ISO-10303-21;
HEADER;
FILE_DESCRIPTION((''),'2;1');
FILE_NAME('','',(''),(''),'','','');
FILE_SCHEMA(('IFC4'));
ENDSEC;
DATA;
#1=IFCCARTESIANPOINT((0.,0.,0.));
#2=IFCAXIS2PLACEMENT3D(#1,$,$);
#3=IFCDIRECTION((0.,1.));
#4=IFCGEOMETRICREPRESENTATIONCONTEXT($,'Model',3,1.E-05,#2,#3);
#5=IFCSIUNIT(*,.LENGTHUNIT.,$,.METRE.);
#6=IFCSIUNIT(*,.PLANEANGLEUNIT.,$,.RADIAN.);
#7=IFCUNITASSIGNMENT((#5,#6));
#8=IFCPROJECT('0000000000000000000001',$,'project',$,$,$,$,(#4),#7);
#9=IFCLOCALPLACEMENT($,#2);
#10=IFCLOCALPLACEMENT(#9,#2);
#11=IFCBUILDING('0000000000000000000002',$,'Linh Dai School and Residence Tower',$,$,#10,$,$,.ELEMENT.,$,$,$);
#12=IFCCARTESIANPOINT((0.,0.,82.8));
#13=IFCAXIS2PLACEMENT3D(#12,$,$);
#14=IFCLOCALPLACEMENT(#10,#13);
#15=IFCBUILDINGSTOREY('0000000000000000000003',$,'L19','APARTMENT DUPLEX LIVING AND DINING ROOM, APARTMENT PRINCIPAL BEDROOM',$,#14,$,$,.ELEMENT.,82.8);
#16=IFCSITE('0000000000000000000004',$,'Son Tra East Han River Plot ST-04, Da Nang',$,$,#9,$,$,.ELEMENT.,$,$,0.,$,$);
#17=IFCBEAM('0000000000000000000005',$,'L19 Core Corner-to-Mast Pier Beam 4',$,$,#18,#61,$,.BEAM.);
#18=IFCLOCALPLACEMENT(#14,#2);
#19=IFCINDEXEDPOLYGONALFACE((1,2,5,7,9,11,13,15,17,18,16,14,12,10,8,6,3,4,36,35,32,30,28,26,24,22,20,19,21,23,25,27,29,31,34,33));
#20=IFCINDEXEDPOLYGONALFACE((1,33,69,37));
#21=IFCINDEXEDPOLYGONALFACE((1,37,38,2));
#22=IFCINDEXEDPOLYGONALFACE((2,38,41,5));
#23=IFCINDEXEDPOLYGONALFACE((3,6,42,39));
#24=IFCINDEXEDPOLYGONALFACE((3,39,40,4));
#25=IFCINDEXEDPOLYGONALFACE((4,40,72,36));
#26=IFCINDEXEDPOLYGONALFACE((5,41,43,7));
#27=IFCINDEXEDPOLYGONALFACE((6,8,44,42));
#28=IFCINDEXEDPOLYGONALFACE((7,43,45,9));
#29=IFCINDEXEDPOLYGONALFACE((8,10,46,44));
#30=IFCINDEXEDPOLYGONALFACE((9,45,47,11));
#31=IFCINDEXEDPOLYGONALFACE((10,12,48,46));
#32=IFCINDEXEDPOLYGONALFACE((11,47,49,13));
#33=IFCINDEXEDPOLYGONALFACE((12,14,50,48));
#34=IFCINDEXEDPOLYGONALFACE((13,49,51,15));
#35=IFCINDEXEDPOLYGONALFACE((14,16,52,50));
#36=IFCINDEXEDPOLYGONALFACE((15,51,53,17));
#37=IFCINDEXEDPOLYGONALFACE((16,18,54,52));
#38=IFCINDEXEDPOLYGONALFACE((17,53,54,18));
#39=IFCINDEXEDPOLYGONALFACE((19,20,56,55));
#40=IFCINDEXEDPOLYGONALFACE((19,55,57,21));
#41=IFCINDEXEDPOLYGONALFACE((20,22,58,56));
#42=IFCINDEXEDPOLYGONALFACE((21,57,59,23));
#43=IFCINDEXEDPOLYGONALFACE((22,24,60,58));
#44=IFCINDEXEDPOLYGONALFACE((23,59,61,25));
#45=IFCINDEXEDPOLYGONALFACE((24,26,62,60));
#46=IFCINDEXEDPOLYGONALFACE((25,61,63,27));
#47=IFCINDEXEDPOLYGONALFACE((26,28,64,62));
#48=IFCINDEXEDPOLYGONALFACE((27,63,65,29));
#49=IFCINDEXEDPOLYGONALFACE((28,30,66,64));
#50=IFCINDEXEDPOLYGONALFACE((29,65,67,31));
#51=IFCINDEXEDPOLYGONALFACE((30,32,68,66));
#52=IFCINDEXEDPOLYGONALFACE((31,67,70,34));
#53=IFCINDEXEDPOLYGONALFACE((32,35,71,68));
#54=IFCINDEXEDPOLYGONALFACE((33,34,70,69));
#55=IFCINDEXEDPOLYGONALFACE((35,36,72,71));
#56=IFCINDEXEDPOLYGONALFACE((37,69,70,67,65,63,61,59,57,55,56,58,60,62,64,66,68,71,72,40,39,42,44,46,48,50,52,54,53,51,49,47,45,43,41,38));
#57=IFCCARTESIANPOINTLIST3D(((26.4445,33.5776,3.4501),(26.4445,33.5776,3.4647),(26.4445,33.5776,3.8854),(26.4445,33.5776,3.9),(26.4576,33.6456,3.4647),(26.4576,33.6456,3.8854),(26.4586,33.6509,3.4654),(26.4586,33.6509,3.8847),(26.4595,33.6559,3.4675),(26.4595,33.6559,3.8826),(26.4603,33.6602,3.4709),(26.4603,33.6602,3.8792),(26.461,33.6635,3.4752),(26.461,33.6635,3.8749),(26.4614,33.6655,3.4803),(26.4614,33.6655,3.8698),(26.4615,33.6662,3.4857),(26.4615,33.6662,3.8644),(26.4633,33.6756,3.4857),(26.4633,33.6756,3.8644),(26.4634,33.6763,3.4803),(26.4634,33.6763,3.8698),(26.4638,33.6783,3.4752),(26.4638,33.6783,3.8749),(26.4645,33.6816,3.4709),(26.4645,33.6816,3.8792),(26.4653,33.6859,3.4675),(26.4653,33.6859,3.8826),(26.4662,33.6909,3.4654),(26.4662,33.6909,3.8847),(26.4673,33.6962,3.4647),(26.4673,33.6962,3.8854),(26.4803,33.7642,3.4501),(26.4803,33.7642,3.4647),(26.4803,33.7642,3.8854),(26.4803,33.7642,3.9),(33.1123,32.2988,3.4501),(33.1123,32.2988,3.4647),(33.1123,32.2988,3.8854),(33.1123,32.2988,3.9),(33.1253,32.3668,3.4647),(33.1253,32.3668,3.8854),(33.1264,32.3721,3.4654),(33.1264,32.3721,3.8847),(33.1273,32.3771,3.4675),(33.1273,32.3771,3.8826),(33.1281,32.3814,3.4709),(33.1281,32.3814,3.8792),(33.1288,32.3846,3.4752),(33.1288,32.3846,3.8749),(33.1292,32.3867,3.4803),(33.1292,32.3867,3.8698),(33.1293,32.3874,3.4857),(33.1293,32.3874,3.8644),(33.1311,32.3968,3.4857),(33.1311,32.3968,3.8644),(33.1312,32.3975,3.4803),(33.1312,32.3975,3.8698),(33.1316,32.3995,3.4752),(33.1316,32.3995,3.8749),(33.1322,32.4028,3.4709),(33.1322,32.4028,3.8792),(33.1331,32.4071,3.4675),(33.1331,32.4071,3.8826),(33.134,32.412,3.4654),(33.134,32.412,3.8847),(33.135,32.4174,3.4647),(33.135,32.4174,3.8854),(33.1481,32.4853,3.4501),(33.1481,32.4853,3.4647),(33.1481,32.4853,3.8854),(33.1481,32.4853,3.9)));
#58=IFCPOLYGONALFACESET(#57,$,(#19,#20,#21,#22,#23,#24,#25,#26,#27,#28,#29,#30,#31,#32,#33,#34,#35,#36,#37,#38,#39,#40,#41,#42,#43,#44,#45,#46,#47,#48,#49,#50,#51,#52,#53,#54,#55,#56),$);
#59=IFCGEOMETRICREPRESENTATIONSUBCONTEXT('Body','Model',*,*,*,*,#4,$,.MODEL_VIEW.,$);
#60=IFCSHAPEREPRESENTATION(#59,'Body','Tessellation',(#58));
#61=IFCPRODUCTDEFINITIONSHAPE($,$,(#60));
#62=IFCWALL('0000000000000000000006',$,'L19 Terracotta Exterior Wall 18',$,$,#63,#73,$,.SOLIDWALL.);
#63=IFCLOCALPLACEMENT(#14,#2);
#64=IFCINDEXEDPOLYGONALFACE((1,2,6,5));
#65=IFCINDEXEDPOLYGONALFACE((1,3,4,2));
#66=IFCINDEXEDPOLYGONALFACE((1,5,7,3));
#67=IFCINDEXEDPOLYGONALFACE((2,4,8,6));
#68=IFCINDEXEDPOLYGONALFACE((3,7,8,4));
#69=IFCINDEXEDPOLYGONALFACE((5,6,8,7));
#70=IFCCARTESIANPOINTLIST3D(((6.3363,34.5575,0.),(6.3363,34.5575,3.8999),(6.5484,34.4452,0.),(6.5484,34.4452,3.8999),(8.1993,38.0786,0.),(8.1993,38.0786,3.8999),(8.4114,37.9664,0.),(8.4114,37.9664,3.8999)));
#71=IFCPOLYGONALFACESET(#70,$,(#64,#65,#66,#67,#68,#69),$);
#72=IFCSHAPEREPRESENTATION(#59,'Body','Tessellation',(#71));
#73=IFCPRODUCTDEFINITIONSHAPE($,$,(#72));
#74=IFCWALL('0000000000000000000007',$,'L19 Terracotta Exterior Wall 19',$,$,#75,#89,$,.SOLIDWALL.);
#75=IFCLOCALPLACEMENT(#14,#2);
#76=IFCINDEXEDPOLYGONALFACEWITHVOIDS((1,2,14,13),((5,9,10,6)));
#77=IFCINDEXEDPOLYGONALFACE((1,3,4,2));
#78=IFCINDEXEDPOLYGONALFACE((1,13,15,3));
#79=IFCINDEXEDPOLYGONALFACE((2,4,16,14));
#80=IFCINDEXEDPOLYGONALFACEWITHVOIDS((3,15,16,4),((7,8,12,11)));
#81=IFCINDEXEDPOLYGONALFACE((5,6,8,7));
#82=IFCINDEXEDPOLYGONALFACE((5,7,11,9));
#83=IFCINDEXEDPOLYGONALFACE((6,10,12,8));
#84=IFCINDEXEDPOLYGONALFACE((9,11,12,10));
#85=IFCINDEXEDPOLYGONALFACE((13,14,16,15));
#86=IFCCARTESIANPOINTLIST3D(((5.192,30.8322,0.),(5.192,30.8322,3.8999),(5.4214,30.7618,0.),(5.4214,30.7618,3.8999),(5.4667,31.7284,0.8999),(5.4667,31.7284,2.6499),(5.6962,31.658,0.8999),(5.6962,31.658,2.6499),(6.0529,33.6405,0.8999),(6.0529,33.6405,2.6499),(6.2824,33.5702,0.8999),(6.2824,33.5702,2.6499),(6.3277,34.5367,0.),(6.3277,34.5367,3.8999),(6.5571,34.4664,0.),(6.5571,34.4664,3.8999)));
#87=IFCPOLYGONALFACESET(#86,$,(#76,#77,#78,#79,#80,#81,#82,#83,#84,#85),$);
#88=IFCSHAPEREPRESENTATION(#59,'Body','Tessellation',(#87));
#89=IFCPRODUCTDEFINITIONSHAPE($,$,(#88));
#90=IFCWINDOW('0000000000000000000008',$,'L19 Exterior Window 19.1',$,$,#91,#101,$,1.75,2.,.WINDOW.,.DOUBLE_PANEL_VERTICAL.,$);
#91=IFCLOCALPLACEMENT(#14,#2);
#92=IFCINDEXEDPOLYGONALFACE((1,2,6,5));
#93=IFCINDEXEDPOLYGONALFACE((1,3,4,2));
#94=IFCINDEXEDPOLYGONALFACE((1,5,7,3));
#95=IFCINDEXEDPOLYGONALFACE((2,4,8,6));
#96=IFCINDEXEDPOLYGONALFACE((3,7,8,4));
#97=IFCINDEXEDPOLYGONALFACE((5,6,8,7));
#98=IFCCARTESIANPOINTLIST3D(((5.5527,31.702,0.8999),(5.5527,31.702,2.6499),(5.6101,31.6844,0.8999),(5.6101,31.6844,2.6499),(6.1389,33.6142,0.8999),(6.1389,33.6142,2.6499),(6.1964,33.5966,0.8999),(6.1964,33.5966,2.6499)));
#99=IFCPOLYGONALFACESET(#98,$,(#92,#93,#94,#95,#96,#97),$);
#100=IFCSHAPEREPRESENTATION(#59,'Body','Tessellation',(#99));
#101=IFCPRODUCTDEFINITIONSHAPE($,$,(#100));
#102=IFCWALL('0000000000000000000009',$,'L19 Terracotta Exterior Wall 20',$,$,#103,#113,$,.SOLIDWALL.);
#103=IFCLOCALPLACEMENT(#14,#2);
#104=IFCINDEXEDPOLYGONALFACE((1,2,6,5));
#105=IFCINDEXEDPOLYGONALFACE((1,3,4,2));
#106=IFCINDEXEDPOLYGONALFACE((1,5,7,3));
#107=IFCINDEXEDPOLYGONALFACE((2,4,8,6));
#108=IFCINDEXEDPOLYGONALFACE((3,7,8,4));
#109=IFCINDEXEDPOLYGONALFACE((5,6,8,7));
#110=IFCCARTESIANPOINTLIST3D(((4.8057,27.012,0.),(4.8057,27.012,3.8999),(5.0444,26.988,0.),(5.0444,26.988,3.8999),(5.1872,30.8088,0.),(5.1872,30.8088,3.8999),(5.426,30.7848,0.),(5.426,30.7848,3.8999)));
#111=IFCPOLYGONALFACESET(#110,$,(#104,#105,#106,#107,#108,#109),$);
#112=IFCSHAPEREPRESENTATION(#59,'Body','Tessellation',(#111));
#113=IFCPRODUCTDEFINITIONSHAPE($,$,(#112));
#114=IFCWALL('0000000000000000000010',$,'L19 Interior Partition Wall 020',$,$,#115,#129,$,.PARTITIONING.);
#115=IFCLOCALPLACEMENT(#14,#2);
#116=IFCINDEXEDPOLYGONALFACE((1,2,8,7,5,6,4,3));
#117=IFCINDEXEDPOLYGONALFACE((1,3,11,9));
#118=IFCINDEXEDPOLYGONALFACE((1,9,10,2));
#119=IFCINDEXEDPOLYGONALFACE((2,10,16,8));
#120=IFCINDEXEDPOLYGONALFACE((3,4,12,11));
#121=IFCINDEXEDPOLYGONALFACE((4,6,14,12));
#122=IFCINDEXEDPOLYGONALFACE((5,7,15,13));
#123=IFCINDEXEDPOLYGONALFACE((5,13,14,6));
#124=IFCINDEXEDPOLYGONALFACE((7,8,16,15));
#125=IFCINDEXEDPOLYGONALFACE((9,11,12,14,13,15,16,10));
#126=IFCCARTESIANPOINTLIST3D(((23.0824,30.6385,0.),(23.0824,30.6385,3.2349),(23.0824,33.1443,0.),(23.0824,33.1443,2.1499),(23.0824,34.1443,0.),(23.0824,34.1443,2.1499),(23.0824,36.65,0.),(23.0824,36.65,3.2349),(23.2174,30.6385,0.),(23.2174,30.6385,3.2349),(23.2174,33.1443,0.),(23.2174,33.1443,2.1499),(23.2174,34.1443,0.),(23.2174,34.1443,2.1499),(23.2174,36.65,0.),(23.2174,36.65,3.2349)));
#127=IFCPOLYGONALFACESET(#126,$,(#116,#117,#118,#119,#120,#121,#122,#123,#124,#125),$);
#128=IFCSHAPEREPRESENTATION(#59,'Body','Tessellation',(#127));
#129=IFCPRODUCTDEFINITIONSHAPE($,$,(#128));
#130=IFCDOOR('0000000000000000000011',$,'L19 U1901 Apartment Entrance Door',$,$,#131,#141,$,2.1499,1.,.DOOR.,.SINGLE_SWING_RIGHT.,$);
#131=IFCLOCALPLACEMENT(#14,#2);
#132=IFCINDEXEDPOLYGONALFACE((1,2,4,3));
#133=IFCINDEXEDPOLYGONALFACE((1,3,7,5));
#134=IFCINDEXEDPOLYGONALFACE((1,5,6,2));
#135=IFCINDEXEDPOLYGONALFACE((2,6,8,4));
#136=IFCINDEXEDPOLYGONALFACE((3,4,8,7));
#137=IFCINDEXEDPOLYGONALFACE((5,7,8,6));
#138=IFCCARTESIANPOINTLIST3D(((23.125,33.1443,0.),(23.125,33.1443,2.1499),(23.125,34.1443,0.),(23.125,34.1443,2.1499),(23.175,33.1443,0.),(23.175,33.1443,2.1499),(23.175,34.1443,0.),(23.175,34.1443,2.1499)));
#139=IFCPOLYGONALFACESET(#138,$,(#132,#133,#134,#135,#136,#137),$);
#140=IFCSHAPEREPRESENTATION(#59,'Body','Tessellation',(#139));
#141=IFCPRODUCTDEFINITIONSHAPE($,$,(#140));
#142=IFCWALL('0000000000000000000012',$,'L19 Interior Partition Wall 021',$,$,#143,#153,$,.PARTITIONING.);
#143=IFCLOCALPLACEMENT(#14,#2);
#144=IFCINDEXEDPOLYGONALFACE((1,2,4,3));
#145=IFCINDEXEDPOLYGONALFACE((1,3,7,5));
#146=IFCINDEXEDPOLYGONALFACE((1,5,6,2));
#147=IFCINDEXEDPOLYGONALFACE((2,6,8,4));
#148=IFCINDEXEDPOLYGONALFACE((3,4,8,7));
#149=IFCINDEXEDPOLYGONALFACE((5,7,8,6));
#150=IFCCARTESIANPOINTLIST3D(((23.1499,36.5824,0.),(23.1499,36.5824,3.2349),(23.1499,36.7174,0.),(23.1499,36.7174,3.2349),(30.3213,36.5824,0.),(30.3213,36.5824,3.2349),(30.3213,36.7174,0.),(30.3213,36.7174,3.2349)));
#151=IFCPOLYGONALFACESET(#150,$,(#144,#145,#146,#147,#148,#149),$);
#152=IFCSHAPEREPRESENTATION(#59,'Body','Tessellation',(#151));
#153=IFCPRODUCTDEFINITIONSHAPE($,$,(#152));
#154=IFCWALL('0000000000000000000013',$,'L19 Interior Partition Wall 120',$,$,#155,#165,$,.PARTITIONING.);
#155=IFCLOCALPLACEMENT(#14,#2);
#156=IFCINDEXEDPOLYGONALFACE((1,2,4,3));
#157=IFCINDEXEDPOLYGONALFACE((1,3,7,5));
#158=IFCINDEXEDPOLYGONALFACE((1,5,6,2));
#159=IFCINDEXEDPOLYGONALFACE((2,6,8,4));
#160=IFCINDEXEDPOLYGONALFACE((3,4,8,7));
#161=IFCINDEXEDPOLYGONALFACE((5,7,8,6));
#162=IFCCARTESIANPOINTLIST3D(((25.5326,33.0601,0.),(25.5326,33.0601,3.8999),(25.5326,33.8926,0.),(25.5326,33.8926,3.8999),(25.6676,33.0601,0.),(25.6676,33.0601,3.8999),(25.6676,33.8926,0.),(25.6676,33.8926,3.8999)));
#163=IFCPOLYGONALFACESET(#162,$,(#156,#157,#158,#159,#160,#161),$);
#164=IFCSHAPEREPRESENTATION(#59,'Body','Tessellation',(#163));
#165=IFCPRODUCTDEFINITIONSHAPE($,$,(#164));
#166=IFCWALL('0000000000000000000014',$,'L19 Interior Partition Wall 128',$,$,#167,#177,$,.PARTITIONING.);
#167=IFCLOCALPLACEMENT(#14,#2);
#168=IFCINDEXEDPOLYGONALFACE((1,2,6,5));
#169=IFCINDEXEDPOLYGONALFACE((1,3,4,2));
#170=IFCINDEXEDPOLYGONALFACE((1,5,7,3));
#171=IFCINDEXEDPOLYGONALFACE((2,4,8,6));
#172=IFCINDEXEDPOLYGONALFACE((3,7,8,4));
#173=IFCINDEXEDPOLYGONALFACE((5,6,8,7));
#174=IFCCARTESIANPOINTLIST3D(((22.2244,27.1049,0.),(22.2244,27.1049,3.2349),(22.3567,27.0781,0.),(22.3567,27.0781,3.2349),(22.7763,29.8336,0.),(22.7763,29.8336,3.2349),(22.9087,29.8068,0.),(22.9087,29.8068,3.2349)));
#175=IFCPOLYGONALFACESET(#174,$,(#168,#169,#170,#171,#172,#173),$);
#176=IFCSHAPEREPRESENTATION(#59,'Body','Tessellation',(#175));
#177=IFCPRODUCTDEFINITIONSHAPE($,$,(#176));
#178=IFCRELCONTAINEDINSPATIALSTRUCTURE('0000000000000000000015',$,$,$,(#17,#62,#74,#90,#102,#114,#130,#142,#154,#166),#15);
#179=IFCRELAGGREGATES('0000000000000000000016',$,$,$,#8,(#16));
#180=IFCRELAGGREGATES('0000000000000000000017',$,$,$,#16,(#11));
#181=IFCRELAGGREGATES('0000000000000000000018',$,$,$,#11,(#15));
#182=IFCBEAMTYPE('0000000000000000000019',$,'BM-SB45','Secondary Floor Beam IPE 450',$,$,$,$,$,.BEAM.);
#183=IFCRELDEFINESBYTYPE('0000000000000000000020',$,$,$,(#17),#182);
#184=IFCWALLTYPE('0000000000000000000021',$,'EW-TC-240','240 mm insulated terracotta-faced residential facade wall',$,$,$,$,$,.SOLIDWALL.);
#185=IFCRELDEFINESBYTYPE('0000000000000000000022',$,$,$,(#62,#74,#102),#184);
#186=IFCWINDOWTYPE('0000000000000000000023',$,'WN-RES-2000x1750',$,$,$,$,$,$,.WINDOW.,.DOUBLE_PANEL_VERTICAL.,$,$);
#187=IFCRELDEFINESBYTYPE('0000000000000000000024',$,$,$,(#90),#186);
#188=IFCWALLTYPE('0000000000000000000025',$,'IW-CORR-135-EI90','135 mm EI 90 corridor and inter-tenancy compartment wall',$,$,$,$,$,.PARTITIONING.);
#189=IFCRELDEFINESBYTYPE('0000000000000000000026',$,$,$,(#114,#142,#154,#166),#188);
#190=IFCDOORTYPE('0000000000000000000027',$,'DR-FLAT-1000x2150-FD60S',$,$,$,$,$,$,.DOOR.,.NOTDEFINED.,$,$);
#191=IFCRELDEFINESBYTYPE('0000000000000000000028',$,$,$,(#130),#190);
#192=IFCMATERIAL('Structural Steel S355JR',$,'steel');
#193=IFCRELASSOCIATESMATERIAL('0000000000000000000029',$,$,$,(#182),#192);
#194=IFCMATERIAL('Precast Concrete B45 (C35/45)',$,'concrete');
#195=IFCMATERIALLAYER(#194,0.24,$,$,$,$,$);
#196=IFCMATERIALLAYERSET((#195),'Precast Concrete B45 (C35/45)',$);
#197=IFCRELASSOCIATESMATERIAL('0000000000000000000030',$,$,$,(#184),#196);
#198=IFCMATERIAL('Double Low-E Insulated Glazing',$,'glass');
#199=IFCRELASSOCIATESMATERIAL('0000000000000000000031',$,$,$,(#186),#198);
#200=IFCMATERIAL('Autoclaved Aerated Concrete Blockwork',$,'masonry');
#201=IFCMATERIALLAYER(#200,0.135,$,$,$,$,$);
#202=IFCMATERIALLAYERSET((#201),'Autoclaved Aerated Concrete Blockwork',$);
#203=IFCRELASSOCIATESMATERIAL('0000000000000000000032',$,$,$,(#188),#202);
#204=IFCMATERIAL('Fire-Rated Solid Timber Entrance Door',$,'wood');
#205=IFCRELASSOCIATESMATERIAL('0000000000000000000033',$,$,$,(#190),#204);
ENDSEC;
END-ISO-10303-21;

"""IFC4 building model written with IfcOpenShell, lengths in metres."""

from ifc_helpers import new_model, si_unit, direction, frame, frame_2d, origin, origin_2d, place, context, subcontext, project, spatial, rectangle, i_section, extrude, source, transform, mapped, material, layer, layer_set, material_profile, profile_set, type_object, element, fill, save


model = new_model("IFC4")

# Units and contexts
model_context = context("Model", 3, precision=1e-05, world=origin(), true_north=direction((0.0, 1.0)))
body_context = subcontext(model_context, "Body", "Model", "MODEL_VIEW")
ifc_project = project(units=[si_unit("LENGTHUNIT", "METRE"), si_unit("PLANEANGLEUNIT", "RADIAN")], contexts=[model_context])

# Site, building, storey
site_placement = place(None, origin())
site = spatial("IfcSite", under=ifc_project, at=site_placement, Name="Son Tra East Han River Plot ST-04, Da Nang", CompositionType="ELEMENT", RefElevation=0.0)
building_placement = place(site_placement, origin())
building = spatial("IfcBuilding", under=site, at=building_placement, Name="Linh Dai School and Residence Tower", CompositionType="ELEMENT")
storey_placement = place(building_placement, frame((0.0, 0.0, 82.8)))
storey = spatial("IfcBuildingStorey", under=building, at=storey_placement, Name="L19", Description="APARTMENT DUPLEX LIVING AND DINING ROOM, APARTMENT PRINCIPAL BEDROOM", CompositionType="ELEMENT", Elevation=82.8)

# Shared definitions
ifc_material_1 = material(Name="Structural Steel S355JR", Category="steel")

# Beam
ifc_material_profile_1 = material_profile(ifc_material_1, i_section(OverallWidth=0.1899, OverallDepth=0.45, WebThickness=0.0095, FlangeThickness=0.0146, FilletRadius=0.021, at=origin_2d()), Name="IPE 450")
ifc_profile_set_1 = profile_set([ifc_material_profile_1], Name="Structural Steel S355JR")
beam_type_1 = type_object("IfcBeamType", Name="BM-SB45", Description="Secondary Floor Beam IPE 450", PredefinedType="BEAM", material=ifc_profile_set_1)
beam_1_placement = place(storey_placement, frame((26.4624, 33.6709, 3.675), z_axis=(0.9821, -0.188358, 0.0), x_axis=(0.188358, 0.9821, 0.0)))
element("IfcBeam", 1, at=beam_1_placement, inside=storey, type_object=beam_type_1, Name="L19 Core Corner-to-Mast Pier Beam 4", PredefinedType="BEAM", context=body_context, shape_type="SweptSolid", body=[
    extrude(i_section(OverallWidth=0.1899, OverallDepth=0.45, WebThickness=0.0095, FlangeThickness=0.0146, FilletRadius=0.021, at=origin_2d()), origin(), (0.0, 0.0, 1.0), 6.7893),
])

# Wall
ifc_material_2 = material(Name="Precast Concrete B45 (C35/45)", Category="concrete")
ifc_layer_1 = layer(ifc_material_2, 0.24)
ifc_layer_set_1 = layer_set([ifc_layer_1], Name="Precast Concrete B45 (C35/45)")
wall_type_1 = type_object("IfcWallType", Name="EW-TC-240", Description="240 mm insulated terracotta-faced residential facade wall", PredefinedType="SOLIDWALL", material=ifc_layer_set_1)
wall_1_placement = place(storey_placement, frame((6.4424, 34.5015, 0.0), z_axis=(0.0, 0.0, 1.0), x_axis=(0.467662, 0.883907, 0.0)))
element("IfcWall", 2, at=wall_1_placement, inside=storey, type_object=wall_type_1, Name="L19 Terracotta Exterior Wall 18", PredefinedType="SOLIDWALL", context=body_context, shape_type="SweptSolid", body=[
    extrude(rectangle(XDim=3.9836, YDim=0.24, at=frame_2d((1.9917, 0.0))), origin(), (0.0, 0.0, 1.0), 3.8999),
])

# Wall, opening, window
wall_2_placement = place(storey_placement, frame((5.3066, 30.7969, 0.0), z_axis=(0.0, 0.0, 1.0), x_axis=(0.293112, 0.956078, 0.0)))
wall_2 = element("IfcWall", 3, at=wall_2_placement, inside=storey, type_object=wall_type_1, Name="L19 Terracotta Exterior Wall 19", PredefinedType="SOLIDWALL", context=body_context, shape_type="SweptSolid", body=[
    extrude(rectangle(XDim=3.8748, YDim=0.24, at=frame_2d((1.9375, 0.0))), origin(), (0.0, 0.0, 1.0), 3.8999),
])
opening_1_placement = place(wall_2_placement, frame((0.9375, 0.0, 0.8999)))
opening_1 = element("IfcOpeningElement", 4, at=opening_1_placement, cuts=wall_2, PredefinedType="OPENING", context=body_context, shape_type="SweptSolid", body=[
    extrude(rectangle(XDim=2.0, YDim=1.75, at=origin_2d()), frame((1.0, 0.1299, 0.875), z_axis=(0.0, -1.0, 0.0), x_axis=(1.0, 0.0, 0.0)), (0.0, 0.0, 1.0), 0.26),
])
ifc_material_3 = material(Name="Double Low-E Insulated Glazing", Category="glass")
window_type = type_object("IfcWindowType", Name="WN-RES-2000x1750", PartitioningType="DOUBLE_PANEL_VERTICAL", PredefinedType="WINDOW", material=ifc_material_3)
shared_shape_1 = source(origin(), body_context, "Body", "SweptSolid", [
    extrude(rectangle(XDim=2.0, YDim=1.75, at=origin_2d()), frame((1.0, 0.03, 0.875), z_axis=(0.0, -1.0, 0.0), x_axis=(1.0, 0.0, 0.0)), (0.0, 0.0, 1.0), 0.0601),
])
window_placement = place(opening_1_placement, origin())
window = element("IfcWindow", 5, at=window_placement, inside=storey, type_object=window_type, Name="L19 Exterior Window 19.1", OverallHeight=1.75, OverallWidth=2.0, PartitioningType="DOUBLE_PANEL_VERTICAL", PredefinedType="WINDOW", context=body_context, shape_type="MappedRepresentation", body=[
    mapped(shared_shape_1, transform((0.0, 0.0, 0.0), x_axis=(1.0, 0.0, 0.0), y_axis=(0.0, 1.0, 0.0), z_axis=(0.0, 0.0, 1.0), scale=1.0)),
])
fill(opening_1, window)

# Wall
wall_3_placement = place(storey_placement, frame((4.925, 27.0, 0.0), z_axis=(0.0, 0.0, 1.0), x_axis=(0.099998, 0.994988, 0.0)))
element("IfcWall", 6, at=wall_3_placement, inside=storey, type_object=wall_type_1, Name="L19 Terracotta Exterior Wall 20", PredefinedType="SOLIDWALL", context=body_context, shape_type="SweptSolid", body=[
    extrude(rectangle(XDim=3.8159, YDim=0.24, at=frame_2d((1.908, 0.0))), origin(), (0.0, 0.0, 1.0), 3.8999),
])

# Wall, opening, door
ifc_material_4 = material(Name="Autoclaved Aerated Concrete Blockwork", Category="masonry")
ifc_layer_2 = layer(ifc_material_4, 0.135)
ifc_layer_set_2 = layer_set([ifc_layer_2], Name="Autoclaved Aerated Concrete Blockwork")
wall_type_2 = type_object("IfcWallType", Name="IW-CORR-135-EI90", Description="135 mm EI 90 corridor and inter-tenancy compartment wall", PredefinedType="PARTITIONING", material=ifc_layer_set_2)
wall_4_placement = place(storey_placement, frame((23.1499, 30.6384, 0.0), z_axis=(0.0, 0.0, 1.0), x_axis=(0.0, 1.0, 0.0)))
wall_4 = element("IfcWall", 7, at=wall_4_placement, inside=storey, type_object=wall_type_2, Name="L19 Interior Partition Wall 020", PredefinedType="PARTITIONING", context=body_context, shape_type="SweptSolid", body=[
    extrude(rectangle(XDim=6.0115, YDim=0.135, at=frame_2d((3.0059, 0.0))), origin(), (0.0, 0.0, 1.0), 3.2349),
])
opening_2_placement = place(wall_4_placement, frame((2.5059, 0.0, 0.0)))
opening_2 = element("IfcOpeningElement", 8, at=opening_2_placement, cuts=wall_4, PredefinedType="OPENING", context=body_context, shape_type="SweptSolid", body=[
    extrude(rectangle(XDim=1.0, YDim=2.1499, at=origin_2d()), frame((0.5, 0.0776, 1.075), z_axis=(0.0, -1.0, 0.0), x_axis=(1.0, 0.0, 0.0)), (0.0, 0.0, 1.0), 0.155),
])
ifc_material_5 = material(Name="Fire-Rated Solid Timber Entrance Door", Category="wood")
door_type_1 = type_object("IfcDoorType", Name="DR-FLAT-1000x2150-FD60S", OperationType="NOTDEFINED", PredefinedType="DOOR", material=ifc_material_5)
shared_shape_2 = source(origin(), body_context, "Body", "SweptSolid", [
    extrude(rectangle(XDim=1.0, YDim=2.1499, at=origin_2d()), frame((0.5, 0.0249, 1.075), z_axis=(0.0, -1.0, 0.0), x_axis=(1.0, 0.0, 0.0)), (0.0, 0.0, 1.0), 0.05),
])
door_1_placement = place(opening_2_placement, origin())
door_1 = element("IfcDoor", 9, at=door_1_placement, inside=storey, type_object=door_type_1, Name="L19 U1901 Apartment Entrance Door", OperationType="SINGLE_SWING_RIGHT", OverallHeight=2.1499, OverallWidth=1.0, PredefinedType="DOOR", context=body_context, shape_type="MappedRepresentation", body=[
    mapped(shared_shape_2, transform((0.0, 0.0, 0.0), x_axis=(1.0, 0.0, 0.0), y_axis=(0.0, 1.0, 0.0), z_axis=(0.0, 0.0, 1.0), scale=1.0)),
])
fill(opening_2, door_1)

# Walls
wall_5_placement = place(storey_placement, frame((23.1499, 36.6499, 0.0), z_axis=(0.0, 0.0, 1.0), x_axis=(1.0, 0.0, 0.0)))
element("IfcWall", 10, at=wall_5_placement, inside=storey, type_object=wall_type_2, Name="L19 Interior Partition Wall 021", PredefinedType="PARTITIONING", context=body_context, shape_type="SweptSolid", body=[
    extrude(rectangle(XDim=7.1714, YDim=0.135, at=frame_2d((3.5857, 0.0))), origin(), (0.0, 0.0, 1.0), 3.2349),
])
wall_6_placement = place(storey_placement, frame((25.6001, 33.8926, 0.0), z_axis=(0.0, 0.0, 1.0), x_axis=(0.0, -1.0, 0.0)))
element("IfcWall", 11, at=wall_6_placement, inside=storey, type_object=wall_type_2, Name="L19 Interior Partition Wall 120", PredefinedType="PARTITIONING", context=body_context, shape_type="SweptSolid", body=[
    extrude(rectangle(XDim=0.8325, YDim=0.135, at=frame_2d((0.4163, 0.0))), origin(), (0.0, 0.0, 1.0), 3.8999),
])
wall_7_placement = place(storey_placement, frame((22.8425, 29.8203, 0.0), z_axis=(0.0, 0.0, 1.0), x_axis=(-0.198274, -0.980147, 0.0)))
element("IfcWall", 12, at=wall_7_placement, inside=storey, type_object=wall_type_2, Name="L19 Interior Partition Wall 128", PredefinedType="PARTITIONING", context=body_context, shape_type="SweptSolid", body=[
    extrude(rectangle(XDim=2.7839, YDim=0.135, at=frame_2d((1.3921, 0.0))), origin(), (0.0, 0.0, 1.0), 3.2349),
])

save(model, "model.ifc")
